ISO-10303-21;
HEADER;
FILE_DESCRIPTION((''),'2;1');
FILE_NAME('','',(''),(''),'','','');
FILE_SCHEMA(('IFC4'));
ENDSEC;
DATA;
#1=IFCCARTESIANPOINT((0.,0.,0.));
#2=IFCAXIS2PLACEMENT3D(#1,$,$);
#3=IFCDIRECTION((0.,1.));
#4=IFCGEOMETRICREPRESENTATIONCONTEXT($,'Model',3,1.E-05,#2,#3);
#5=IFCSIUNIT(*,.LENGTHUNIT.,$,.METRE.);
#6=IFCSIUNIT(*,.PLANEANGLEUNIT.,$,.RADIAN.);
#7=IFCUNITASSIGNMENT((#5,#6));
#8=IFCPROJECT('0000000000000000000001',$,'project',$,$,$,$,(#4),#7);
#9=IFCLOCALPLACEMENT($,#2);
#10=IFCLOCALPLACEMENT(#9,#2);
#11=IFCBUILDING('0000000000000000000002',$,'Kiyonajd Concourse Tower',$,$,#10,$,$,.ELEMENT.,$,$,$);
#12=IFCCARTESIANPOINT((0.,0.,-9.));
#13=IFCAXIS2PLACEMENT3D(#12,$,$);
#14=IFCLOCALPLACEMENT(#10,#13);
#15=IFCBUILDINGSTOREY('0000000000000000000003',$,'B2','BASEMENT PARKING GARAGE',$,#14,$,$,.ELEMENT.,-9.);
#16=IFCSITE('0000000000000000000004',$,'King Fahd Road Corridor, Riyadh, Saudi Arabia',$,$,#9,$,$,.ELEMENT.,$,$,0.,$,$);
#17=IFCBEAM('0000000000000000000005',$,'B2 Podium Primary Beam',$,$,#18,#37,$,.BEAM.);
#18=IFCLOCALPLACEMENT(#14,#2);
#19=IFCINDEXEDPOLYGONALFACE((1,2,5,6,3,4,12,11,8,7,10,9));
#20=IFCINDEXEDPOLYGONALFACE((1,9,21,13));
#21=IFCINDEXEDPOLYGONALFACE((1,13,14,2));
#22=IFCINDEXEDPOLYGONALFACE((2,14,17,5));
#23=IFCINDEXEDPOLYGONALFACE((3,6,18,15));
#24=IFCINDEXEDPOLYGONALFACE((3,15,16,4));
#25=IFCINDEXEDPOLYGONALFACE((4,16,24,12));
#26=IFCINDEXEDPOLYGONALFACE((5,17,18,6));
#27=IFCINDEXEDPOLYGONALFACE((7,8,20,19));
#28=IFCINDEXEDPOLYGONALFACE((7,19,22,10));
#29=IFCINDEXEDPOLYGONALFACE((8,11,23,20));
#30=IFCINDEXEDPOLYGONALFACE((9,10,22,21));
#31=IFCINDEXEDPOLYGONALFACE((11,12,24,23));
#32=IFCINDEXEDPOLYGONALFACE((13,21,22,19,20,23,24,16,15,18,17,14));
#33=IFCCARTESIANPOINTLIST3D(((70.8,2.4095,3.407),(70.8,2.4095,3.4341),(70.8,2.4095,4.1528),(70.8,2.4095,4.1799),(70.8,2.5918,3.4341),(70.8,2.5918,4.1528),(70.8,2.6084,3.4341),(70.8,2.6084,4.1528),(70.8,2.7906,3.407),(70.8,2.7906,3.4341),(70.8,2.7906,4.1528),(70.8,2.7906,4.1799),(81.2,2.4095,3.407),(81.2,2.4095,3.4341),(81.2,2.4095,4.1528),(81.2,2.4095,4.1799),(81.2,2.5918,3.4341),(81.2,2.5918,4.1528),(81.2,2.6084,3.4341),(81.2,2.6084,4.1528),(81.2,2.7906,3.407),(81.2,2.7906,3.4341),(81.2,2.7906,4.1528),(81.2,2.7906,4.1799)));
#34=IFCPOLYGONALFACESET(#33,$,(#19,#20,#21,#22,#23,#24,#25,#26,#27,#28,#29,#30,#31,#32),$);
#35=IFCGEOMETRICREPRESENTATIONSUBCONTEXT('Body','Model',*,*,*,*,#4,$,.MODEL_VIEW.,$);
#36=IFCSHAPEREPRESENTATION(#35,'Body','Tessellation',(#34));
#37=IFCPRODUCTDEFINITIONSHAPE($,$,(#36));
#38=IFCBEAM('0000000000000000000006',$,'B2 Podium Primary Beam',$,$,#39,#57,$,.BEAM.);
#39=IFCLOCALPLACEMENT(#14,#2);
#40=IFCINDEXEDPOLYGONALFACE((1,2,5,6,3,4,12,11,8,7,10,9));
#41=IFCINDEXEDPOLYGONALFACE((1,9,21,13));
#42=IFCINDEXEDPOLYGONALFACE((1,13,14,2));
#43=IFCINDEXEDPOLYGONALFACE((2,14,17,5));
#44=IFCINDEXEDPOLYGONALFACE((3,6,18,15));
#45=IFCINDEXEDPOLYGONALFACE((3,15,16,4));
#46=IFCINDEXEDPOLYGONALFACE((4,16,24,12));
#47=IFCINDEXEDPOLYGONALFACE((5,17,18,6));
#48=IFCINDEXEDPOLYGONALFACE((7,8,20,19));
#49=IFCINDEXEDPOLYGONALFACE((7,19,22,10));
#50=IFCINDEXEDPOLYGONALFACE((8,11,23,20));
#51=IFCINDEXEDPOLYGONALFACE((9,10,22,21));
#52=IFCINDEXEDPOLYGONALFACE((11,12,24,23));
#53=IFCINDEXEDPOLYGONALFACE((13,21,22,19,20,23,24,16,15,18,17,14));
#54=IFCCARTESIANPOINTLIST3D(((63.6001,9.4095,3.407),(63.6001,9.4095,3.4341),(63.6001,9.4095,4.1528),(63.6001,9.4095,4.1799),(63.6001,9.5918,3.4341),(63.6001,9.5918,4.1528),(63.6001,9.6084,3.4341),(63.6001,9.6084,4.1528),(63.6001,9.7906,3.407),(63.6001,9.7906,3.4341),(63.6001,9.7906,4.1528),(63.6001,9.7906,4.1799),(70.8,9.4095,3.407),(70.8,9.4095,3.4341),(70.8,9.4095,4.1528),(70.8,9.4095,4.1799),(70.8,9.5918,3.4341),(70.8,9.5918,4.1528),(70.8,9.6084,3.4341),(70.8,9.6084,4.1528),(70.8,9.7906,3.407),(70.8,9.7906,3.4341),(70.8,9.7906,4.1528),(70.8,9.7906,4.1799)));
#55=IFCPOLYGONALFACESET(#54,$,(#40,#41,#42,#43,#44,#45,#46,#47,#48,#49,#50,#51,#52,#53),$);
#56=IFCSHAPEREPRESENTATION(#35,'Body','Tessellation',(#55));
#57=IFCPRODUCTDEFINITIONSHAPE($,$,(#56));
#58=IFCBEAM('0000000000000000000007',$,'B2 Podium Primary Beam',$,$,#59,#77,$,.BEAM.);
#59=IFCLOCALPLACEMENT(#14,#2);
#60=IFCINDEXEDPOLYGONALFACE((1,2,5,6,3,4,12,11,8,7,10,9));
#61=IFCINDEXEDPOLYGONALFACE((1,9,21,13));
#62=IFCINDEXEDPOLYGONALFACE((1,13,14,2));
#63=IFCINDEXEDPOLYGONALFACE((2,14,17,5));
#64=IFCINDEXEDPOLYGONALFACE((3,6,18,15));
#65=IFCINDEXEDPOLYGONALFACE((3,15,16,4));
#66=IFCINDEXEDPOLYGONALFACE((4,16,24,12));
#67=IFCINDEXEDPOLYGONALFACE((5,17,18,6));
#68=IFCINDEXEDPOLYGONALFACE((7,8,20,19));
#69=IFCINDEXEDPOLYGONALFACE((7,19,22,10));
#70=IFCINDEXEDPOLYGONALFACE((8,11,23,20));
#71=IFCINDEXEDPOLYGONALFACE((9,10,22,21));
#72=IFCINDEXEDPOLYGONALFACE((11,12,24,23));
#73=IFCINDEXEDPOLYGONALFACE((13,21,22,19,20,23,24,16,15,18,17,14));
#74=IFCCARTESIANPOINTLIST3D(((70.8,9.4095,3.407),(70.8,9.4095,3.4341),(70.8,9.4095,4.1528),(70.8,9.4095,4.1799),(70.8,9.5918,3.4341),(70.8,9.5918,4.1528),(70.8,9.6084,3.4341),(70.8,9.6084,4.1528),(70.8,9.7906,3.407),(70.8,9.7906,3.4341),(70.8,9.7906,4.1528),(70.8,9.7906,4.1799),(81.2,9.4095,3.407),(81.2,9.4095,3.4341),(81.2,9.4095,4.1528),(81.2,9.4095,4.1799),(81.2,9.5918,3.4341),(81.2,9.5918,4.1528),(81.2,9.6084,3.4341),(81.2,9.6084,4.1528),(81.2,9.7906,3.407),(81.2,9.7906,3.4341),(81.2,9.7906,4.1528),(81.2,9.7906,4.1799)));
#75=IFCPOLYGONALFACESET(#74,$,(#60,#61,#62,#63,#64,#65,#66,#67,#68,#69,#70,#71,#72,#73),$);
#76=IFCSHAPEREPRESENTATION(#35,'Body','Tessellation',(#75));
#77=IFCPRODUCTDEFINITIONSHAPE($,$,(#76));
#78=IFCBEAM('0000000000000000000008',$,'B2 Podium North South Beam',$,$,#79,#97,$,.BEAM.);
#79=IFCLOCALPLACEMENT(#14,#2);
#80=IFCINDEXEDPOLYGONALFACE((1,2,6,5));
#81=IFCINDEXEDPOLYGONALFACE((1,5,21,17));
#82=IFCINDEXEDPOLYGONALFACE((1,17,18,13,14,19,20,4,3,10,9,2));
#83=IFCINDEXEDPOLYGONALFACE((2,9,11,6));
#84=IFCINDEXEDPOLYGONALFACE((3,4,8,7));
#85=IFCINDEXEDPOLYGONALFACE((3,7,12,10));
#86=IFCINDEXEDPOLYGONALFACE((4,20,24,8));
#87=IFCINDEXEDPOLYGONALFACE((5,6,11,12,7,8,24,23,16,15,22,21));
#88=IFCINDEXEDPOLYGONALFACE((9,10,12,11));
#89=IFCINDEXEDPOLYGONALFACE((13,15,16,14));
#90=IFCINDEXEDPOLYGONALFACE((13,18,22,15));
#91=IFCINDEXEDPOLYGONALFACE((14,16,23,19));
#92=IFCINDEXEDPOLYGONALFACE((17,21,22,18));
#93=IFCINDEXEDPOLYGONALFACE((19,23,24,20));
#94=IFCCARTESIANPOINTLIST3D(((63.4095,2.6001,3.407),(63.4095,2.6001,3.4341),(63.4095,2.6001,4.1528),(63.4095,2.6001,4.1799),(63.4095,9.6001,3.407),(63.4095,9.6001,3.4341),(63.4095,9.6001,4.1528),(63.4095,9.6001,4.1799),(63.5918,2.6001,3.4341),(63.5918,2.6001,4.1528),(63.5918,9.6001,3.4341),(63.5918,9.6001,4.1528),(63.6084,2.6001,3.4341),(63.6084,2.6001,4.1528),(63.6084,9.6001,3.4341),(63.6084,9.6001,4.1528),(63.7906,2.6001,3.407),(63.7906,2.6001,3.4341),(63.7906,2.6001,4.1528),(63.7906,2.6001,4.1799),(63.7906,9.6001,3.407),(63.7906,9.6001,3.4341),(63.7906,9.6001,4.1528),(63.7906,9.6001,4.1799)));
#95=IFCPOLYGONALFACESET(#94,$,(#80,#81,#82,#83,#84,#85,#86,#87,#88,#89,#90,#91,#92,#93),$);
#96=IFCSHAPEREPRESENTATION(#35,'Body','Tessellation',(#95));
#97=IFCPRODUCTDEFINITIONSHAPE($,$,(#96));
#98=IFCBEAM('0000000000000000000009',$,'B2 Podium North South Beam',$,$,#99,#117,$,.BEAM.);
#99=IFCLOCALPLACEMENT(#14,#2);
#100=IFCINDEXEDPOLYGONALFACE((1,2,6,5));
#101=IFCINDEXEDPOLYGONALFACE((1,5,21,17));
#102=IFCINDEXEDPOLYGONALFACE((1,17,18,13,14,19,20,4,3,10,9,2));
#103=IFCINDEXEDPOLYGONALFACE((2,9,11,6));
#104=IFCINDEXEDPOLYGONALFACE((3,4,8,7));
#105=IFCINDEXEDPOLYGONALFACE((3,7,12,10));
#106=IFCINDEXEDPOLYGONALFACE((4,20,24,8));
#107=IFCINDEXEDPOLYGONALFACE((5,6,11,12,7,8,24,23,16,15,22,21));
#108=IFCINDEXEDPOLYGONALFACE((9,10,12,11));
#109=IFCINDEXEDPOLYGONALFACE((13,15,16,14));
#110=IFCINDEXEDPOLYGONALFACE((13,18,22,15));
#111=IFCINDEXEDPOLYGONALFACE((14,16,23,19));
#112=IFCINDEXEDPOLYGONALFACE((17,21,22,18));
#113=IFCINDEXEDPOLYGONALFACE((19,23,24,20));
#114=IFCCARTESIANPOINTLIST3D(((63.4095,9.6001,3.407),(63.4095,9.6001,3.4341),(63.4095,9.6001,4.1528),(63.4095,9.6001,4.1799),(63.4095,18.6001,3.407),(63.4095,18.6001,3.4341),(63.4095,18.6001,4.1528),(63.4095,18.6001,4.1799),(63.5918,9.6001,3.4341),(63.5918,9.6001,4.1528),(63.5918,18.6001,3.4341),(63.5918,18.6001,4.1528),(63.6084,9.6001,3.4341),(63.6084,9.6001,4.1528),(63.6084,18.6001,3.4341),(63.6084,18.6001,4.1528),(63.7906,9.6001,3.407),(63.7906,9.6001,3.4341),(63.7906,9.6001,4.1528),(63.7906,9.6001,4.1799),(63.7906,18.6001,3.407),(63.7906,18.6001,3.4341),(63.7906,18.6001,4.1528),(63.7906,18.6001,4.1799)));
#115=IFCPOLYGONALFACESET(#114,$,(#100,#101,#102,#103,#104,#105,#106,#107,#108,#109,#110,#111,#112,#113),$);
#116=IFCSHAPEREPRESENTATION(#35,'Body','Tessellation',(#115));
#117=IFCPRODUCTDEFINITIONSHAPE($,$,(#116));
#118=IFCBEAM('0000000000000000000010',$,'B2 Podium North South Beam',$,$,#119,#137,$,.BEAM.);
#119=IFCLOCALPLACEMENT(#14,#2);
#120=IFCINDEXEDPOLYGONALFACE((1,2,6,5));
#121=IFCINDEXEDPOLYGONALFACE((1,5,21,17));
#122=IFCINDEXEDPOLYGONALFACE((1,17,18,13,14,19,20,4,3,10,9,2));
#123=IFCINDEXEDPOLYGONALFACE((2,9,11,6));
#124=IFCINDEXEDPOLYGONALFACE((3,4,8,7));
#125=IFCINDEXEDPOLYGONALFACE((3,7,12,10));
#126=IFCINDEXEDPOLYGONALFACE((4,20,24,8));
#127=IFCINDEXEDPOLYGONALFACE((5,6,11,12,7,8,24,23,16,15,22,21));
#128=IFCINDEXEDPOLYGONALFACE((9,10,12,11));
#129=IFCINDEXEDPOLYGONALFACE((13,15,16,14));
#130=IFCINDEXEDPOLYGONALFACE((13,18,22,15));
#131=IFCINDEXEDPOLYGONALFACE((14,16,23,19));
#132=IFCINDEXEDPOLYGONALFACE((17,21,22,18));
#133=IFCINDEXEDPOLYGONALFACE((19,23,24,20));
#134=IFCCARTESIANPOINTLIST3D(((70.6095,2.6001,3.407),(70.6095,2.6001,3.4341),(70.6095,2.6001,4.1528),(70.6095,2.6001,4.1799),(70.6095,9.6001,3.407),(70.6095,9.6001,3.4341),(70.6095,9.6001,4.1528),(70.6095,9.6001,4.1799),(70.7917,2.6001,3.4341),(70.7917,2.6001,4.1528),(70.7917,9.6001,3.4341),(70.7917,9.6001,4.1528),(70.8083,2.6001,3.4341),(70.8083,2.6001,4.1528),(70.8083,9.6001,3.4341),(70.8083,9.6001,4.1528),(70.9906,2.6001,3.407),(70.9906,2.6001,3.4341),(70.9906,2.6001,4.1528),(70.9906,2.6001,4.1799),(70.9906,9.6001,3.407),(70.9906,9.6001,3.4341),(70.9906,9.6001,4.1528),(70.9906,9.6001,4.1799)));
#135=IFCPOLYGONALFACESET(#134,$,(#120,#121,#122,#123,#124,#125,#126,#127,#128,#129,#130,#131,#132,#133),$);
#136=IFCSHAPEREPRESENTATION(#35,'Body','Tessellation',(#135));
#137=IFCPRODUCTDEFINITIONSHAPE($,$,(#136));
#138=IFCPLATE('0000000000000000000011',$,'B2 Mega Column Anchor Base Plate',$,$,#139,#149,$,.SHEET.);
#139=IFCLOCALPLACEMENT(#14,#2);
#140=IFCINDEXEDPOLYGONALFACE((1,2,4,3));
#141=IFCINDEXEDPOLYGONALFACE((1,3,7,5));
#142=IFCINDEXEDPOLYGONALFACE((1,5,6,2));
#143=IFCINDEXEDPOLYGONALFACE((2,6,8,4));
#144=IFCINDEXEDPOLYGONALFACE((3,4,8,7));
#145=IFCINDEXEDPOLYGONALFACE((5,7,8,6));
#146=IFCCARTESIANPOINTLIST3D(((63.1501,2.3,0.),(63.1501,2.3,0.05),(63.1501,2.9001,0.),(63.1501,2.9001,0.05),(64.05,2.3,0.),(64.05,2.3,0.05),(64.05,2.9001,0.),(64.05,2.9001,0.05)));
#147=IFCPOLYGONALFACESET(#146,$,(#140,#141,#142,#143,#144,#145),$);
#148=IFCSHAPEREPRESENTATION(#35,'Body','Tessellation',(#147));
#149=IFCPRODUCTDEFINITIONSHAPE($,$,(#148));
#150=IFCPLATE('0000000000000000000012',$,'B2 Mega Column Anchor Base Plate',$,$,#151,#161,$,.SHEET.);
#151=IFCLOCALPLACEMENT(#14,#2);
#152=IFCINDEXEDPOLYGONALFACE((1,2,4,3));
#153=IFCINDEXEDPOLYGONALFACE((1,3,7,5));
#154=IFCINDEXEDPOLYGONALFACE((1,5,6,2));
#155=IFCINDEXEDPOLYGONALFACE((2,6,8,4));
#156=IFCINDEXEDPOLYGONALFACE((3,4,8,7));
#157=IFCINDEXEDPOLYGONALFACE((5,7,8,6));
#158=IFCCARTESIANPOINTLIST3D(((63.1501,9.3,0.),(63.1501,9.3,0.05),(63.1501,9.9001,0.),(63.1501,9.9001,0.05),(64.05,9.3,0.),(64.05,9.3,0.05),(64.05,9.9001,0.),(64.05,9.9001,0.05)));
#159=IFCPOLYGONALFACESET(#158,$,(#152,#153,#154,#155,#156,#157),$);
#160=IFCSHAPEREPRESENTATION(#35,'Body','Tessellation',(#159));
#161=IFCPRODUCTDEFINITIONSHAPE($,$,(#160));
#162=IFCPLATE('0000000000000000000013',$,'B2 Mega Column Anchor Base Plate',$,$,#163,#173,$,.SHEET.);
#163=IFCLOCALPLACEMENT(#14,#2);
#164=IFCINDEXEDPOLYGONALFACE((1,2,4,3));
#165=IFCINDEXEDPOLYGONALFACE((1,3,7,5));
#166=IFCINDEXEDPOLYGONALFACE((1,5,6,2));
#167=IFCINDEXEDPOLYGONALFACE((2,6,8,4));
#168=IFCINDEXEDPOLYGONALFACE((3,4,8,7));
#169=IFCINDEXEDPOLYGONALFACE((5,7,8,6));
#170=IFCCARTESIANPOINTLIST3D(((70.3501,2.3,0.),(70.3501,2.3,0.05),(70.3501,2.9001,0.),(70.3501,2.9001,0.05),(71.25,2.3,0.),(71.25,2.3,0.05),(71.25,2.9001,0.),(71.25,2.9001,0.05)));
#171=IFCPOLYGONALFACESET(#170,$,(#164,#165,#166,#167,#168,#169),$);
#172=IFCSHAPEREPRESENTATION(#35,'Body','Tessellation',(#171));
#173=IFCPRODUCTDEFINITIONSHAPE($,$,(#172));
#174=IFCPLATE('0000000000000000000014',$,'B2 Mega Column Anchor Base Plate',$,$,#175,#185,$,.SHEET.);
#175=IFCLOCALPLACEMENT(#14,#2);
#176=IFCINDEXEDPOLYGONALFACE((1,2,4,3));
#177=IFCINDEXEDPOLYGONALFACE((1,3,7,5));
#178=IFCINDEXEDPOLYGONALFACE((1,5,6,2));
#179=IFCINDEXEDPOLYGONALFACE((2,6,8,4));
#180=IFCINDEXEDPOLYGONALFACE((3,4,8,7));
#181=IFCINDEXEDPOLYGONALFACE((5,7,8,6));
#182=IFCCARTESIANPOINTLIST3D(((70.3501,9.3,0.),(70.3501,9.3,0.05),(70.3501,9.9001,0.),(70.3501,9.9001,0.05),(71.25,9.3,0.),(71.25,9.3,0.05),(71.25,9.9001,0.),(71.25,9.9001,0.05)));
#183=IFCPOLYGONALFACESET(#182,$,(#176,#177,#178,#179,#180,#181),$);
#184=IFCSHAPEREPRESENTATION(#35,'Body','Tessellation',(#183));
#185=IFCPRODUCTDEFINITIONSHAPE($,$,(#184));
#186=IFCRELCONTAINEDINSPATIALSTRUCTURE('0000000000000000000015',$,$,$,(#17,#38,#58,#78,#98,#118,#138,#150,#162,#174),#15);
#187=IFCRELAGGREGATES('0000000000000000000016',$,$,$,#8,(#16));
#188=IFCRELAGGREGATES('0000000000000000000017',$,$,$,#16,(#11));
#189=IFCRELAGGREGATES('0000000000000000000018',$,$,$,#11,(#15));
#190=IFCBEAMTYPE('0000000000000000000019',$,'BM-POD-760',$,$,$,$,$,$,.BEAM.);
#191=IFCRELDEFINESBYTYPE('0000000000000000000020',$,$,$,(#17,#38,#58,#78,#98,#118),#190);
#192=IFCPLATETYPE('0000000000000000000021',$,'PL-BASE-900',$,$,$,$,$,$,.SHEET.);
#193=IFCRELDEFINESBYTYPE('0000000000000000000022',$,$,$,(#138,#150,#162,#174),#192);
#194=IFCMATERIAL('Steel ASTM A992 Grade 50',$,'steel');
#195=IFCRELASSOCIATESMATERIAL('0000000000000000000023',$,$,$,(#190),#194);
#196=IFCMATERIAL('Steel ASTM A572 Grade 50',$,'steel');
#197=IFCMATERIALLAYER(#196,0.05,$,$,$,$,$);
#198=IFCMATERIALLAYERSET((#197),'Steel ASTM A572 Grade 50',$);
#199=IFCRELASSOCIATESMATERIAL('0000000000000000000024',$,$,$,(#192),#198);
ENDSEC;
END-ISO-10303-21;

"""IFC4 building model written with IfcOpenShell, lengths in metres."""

from ifc_helpers import new_model, si_unit, direction, frame, origin, origin_2d, place, context, subcontext, project, spatial, rectangle, i_section, extrude, material, layer, layer_set, material_profile, profile_set, type_object, element, save


model = new_model("IFC4")

# Units and contexts
model_context = context("Model", 3, precision=1e-05, world=origin(), true_north=direction((0.0, 1.0)))
body_context = subcontext(model_context, "Body", "Model", "MODEL_VIEW")
ifc_project = project(units=[si_unit("LENGTHUNIT", "METRE"), si_unit("PLANEANGLEUNIT", "RADIAN")], contexts=[model_context])

# Site, building, storey
site_placement = place(None, origin())
site = spatial("IfcSite", under=ifc_project, at=site_placement, Name="King Fahd Road Corridor, Riyadh, Saudi Arabia", CompositionType="ELEMENT", RefElevation=0.0)
building_placement = place(site_placement, origin())
building = spatial("IfcBuilding", under=site, at=building_placement, Name="Kiyonajd Concourse Tower", CompositionType="ELEMENT")
storey_placement = place(building_placement, frame((0.0, 0.0, -9.0)))
storey = spatial("IfcBuildingStorey", under=building, at=storey_placement, Name="B2", Description="BASEMENT PARKING GARAGE", CompositionType="ELEMENT", Elevation=-9.0)

# Beams
ifc_material_1 = material(Name="Steel ASTM A992 Grade 50", Category="steel")
ifc_material_profile_1 = material_profile(ifc_material_1, i_section(OverallWidth=0.3811, OverallDepth=0.7729, WebThickness=0.0166, FlangeThickness=0.0271, at=origin_2d()), Name="W760X257")
ifc_profile_set_1 = profile_set([ifc_material_profile_1], Name="Steel ASTM A992 Grade 50")
beam_type = type_object("IfcBeamType", Name="BM-POD-760", PredefinedType="BEAM", material=ifc_profile_set_1)
beam_1_placement = place(storey_placement, frame((70.8, 2.6001, 3.7935), z_axis=(1.0, 0.0, 0.0), x_axis=(0.0, 1.0, 0.0)))
element("IfcBeam", 1, at=beam_1_placement, inside=storey, type_object=beam_type, Name="B2 Podium Primary Beam", PredefinedType="BEAM", context=body_context, shape_type="SweptSolid", body=[
    extrude(i_section(OverallWidth=0.3811, OverallDepth=0.7729, WebThickness=0.0166, FlangeThickness=0.0271, at=origin_2d()), origin(), (0.0, 0.0, 1.0), 10.3999),
])
beam_2_placement = place(storey_placement, frame((63.6001, 9.6001, 3.7935), z_axis=(1.0, 0.0, 0.0), x_axis=(0.0, 1.0, 0.0)))
element("IfcBeam", 2, at=beam_2_placement, inside=storey, type_object=beam_type, Name="B2 Podium Primary Beam", PredefinedType="BEAM", context=body_context, shape_type="SweptSolid", body=[
    extrude(i_section(OverallWidth=0.3811, OverallDepth=0.7729, WebThickness=0.0166, FlangeThickness=0.0271, at=origin_2d()), origin(), (0.0, 0.0, 1.0), 7.2),
])
beam_3_placement = place(storey_placement, frame((70.8, 9.6001, 3.7935), z_axis=(1.0, 0.0, 0.0), x_axis=(0.0, 1.0, 0.0)))
element("IfcBeam", 3, at=beam_3_placement, inside=storey, type_object=beam_type, Name="B2 Podium Primary Beam", PredefinedType="BEAM", context=body_context, shape_type="SweptSolid", body=[
    extrude(i_section(OverallWidth=0.3811, OverallDepth=0.7729, WebThickness=0.0166, FlangeThickness=0.0271, at=origin_2d()), origin(), (0.0, 0.0, 1.0), 10.3999),
])
beam_4_placement = place(storey_placement, frame((63.6001, 2.6001, 3.7935), z_axis=(0.0, 1.0, 0.0), x_axis=(-1.0, 0.0, 0.0)))
element("IfcBeam", 4, at=beam_4_placement, inside=storey, type_object=beam_type, Name="B2 Podium North South Beam", PredefinedType="BEAM", context=body_context, shape_type="SweptSolid", body=[
    extrude(i_section(OverallWidth=0.3811, OverallDepth=0.7729, WebThickness=0.0166, FlangeThickness=0.0271, at=origin_2d()), origin(), (0.0, 0.0, 1.0), 7.0),
])
beam_5_placement = place(storey_placement, frame((63.6001, 9.6001, 3.7935), z_axis=(0.0, 1.0, 0.0), x_axis=(-1.0, 0.0, 0.0)))
element("IfcBeam", 5, at=beam_5_placement, inside=storey, type_object=beam_type, Name="B2 Podium North South Beam", PredefinedType="BEAM", context=body_context, shape_type="SweptSolid", body=[
    extrude(i_section(OverallWidth=0.3811, OverallDepth=0.7729, WebThickness=0.0166, FlangeThickness=0.0271, at=origin_2d()), origin(), (0.0, 0.0, 1.0), 9.0),
])
beam_6_placement = place(storey_placement, frame((70.8, 2.6001, 3.7935), z_axis=(0.0, 1.0, 0.0), x_axis=(-1.0, 0.0, 0.0)))
element("IfcBeam", 6, at=beam_6_placement, inside=storey, type_object=beam_type, Name="B2 Podium North South Beam", PredefinedType="BEAM", context=body_context, shape_type="SweptSolid", body=[
    extrude(i_section(OverallWidth=0.3811, OverallDepth=0.7729, WebThickness=0.0166, FlangeThickness=0.0271, at=origin_2d()), origin(), (0.0, 0.0, 1.0), 7.0),
])

# Plates
ifc_material_2 = material(Name="Steel ASTM A572 Grade 50", Category="steel")
ifc_layer = layer(ifc_material_2, 0.05)
ifc_layer_set = layer_set([ifc_layer], Name="Steel ASTM A572 Grade 50")
plate_type = type_object("IfcPlateType", Name="PL-BASE-900", PredefinedType="SHEET", material=ifc_layer_set)
for number, where, z_axis, x_axis, name in (
    (7, (63.6001, 2.6001, 0.0), (0.0, 0.0, 1.0), (1.0, 0.0, 0.0), "B2 Mega Column Anchor Base Plate"),
    (8, (63.6001, 9.6001, 0.0), (0.0, 0.0, 1.0), (1.0, 0.0, 0.0), "B2 Mega Column Anchor Base Plate"),
    (9, (70.8, 2.6001, 0.0), (0.0, 0.0, 1.0), (1.0, 0.0, 0.0), "B2 Mega Column Anchor Base Plate"),
    (10, (70.8, 9.6001, 0.0), (0.0, 0.0, 1.0), (1.0, 0.0, 0.0), "B2 Mega Column Anchor Base Plate"),
):
    element("IfcPlate", number, at=place(storey_placement, frame(where, z_axis=z_axis, x_axis=x_axis)), inside=storey, type_object=plate_type, Name=name, PredefinedType="SHEET", context=body_context, shape_type="SweptSolid", body=[
        extrude(rectangle(XDim=0.8999, YDim=0.6001, at=origin_2d()), origin(), (0.0, 0.0, 1.0), 0.05),
    ])

save(model, "model.ifc")
